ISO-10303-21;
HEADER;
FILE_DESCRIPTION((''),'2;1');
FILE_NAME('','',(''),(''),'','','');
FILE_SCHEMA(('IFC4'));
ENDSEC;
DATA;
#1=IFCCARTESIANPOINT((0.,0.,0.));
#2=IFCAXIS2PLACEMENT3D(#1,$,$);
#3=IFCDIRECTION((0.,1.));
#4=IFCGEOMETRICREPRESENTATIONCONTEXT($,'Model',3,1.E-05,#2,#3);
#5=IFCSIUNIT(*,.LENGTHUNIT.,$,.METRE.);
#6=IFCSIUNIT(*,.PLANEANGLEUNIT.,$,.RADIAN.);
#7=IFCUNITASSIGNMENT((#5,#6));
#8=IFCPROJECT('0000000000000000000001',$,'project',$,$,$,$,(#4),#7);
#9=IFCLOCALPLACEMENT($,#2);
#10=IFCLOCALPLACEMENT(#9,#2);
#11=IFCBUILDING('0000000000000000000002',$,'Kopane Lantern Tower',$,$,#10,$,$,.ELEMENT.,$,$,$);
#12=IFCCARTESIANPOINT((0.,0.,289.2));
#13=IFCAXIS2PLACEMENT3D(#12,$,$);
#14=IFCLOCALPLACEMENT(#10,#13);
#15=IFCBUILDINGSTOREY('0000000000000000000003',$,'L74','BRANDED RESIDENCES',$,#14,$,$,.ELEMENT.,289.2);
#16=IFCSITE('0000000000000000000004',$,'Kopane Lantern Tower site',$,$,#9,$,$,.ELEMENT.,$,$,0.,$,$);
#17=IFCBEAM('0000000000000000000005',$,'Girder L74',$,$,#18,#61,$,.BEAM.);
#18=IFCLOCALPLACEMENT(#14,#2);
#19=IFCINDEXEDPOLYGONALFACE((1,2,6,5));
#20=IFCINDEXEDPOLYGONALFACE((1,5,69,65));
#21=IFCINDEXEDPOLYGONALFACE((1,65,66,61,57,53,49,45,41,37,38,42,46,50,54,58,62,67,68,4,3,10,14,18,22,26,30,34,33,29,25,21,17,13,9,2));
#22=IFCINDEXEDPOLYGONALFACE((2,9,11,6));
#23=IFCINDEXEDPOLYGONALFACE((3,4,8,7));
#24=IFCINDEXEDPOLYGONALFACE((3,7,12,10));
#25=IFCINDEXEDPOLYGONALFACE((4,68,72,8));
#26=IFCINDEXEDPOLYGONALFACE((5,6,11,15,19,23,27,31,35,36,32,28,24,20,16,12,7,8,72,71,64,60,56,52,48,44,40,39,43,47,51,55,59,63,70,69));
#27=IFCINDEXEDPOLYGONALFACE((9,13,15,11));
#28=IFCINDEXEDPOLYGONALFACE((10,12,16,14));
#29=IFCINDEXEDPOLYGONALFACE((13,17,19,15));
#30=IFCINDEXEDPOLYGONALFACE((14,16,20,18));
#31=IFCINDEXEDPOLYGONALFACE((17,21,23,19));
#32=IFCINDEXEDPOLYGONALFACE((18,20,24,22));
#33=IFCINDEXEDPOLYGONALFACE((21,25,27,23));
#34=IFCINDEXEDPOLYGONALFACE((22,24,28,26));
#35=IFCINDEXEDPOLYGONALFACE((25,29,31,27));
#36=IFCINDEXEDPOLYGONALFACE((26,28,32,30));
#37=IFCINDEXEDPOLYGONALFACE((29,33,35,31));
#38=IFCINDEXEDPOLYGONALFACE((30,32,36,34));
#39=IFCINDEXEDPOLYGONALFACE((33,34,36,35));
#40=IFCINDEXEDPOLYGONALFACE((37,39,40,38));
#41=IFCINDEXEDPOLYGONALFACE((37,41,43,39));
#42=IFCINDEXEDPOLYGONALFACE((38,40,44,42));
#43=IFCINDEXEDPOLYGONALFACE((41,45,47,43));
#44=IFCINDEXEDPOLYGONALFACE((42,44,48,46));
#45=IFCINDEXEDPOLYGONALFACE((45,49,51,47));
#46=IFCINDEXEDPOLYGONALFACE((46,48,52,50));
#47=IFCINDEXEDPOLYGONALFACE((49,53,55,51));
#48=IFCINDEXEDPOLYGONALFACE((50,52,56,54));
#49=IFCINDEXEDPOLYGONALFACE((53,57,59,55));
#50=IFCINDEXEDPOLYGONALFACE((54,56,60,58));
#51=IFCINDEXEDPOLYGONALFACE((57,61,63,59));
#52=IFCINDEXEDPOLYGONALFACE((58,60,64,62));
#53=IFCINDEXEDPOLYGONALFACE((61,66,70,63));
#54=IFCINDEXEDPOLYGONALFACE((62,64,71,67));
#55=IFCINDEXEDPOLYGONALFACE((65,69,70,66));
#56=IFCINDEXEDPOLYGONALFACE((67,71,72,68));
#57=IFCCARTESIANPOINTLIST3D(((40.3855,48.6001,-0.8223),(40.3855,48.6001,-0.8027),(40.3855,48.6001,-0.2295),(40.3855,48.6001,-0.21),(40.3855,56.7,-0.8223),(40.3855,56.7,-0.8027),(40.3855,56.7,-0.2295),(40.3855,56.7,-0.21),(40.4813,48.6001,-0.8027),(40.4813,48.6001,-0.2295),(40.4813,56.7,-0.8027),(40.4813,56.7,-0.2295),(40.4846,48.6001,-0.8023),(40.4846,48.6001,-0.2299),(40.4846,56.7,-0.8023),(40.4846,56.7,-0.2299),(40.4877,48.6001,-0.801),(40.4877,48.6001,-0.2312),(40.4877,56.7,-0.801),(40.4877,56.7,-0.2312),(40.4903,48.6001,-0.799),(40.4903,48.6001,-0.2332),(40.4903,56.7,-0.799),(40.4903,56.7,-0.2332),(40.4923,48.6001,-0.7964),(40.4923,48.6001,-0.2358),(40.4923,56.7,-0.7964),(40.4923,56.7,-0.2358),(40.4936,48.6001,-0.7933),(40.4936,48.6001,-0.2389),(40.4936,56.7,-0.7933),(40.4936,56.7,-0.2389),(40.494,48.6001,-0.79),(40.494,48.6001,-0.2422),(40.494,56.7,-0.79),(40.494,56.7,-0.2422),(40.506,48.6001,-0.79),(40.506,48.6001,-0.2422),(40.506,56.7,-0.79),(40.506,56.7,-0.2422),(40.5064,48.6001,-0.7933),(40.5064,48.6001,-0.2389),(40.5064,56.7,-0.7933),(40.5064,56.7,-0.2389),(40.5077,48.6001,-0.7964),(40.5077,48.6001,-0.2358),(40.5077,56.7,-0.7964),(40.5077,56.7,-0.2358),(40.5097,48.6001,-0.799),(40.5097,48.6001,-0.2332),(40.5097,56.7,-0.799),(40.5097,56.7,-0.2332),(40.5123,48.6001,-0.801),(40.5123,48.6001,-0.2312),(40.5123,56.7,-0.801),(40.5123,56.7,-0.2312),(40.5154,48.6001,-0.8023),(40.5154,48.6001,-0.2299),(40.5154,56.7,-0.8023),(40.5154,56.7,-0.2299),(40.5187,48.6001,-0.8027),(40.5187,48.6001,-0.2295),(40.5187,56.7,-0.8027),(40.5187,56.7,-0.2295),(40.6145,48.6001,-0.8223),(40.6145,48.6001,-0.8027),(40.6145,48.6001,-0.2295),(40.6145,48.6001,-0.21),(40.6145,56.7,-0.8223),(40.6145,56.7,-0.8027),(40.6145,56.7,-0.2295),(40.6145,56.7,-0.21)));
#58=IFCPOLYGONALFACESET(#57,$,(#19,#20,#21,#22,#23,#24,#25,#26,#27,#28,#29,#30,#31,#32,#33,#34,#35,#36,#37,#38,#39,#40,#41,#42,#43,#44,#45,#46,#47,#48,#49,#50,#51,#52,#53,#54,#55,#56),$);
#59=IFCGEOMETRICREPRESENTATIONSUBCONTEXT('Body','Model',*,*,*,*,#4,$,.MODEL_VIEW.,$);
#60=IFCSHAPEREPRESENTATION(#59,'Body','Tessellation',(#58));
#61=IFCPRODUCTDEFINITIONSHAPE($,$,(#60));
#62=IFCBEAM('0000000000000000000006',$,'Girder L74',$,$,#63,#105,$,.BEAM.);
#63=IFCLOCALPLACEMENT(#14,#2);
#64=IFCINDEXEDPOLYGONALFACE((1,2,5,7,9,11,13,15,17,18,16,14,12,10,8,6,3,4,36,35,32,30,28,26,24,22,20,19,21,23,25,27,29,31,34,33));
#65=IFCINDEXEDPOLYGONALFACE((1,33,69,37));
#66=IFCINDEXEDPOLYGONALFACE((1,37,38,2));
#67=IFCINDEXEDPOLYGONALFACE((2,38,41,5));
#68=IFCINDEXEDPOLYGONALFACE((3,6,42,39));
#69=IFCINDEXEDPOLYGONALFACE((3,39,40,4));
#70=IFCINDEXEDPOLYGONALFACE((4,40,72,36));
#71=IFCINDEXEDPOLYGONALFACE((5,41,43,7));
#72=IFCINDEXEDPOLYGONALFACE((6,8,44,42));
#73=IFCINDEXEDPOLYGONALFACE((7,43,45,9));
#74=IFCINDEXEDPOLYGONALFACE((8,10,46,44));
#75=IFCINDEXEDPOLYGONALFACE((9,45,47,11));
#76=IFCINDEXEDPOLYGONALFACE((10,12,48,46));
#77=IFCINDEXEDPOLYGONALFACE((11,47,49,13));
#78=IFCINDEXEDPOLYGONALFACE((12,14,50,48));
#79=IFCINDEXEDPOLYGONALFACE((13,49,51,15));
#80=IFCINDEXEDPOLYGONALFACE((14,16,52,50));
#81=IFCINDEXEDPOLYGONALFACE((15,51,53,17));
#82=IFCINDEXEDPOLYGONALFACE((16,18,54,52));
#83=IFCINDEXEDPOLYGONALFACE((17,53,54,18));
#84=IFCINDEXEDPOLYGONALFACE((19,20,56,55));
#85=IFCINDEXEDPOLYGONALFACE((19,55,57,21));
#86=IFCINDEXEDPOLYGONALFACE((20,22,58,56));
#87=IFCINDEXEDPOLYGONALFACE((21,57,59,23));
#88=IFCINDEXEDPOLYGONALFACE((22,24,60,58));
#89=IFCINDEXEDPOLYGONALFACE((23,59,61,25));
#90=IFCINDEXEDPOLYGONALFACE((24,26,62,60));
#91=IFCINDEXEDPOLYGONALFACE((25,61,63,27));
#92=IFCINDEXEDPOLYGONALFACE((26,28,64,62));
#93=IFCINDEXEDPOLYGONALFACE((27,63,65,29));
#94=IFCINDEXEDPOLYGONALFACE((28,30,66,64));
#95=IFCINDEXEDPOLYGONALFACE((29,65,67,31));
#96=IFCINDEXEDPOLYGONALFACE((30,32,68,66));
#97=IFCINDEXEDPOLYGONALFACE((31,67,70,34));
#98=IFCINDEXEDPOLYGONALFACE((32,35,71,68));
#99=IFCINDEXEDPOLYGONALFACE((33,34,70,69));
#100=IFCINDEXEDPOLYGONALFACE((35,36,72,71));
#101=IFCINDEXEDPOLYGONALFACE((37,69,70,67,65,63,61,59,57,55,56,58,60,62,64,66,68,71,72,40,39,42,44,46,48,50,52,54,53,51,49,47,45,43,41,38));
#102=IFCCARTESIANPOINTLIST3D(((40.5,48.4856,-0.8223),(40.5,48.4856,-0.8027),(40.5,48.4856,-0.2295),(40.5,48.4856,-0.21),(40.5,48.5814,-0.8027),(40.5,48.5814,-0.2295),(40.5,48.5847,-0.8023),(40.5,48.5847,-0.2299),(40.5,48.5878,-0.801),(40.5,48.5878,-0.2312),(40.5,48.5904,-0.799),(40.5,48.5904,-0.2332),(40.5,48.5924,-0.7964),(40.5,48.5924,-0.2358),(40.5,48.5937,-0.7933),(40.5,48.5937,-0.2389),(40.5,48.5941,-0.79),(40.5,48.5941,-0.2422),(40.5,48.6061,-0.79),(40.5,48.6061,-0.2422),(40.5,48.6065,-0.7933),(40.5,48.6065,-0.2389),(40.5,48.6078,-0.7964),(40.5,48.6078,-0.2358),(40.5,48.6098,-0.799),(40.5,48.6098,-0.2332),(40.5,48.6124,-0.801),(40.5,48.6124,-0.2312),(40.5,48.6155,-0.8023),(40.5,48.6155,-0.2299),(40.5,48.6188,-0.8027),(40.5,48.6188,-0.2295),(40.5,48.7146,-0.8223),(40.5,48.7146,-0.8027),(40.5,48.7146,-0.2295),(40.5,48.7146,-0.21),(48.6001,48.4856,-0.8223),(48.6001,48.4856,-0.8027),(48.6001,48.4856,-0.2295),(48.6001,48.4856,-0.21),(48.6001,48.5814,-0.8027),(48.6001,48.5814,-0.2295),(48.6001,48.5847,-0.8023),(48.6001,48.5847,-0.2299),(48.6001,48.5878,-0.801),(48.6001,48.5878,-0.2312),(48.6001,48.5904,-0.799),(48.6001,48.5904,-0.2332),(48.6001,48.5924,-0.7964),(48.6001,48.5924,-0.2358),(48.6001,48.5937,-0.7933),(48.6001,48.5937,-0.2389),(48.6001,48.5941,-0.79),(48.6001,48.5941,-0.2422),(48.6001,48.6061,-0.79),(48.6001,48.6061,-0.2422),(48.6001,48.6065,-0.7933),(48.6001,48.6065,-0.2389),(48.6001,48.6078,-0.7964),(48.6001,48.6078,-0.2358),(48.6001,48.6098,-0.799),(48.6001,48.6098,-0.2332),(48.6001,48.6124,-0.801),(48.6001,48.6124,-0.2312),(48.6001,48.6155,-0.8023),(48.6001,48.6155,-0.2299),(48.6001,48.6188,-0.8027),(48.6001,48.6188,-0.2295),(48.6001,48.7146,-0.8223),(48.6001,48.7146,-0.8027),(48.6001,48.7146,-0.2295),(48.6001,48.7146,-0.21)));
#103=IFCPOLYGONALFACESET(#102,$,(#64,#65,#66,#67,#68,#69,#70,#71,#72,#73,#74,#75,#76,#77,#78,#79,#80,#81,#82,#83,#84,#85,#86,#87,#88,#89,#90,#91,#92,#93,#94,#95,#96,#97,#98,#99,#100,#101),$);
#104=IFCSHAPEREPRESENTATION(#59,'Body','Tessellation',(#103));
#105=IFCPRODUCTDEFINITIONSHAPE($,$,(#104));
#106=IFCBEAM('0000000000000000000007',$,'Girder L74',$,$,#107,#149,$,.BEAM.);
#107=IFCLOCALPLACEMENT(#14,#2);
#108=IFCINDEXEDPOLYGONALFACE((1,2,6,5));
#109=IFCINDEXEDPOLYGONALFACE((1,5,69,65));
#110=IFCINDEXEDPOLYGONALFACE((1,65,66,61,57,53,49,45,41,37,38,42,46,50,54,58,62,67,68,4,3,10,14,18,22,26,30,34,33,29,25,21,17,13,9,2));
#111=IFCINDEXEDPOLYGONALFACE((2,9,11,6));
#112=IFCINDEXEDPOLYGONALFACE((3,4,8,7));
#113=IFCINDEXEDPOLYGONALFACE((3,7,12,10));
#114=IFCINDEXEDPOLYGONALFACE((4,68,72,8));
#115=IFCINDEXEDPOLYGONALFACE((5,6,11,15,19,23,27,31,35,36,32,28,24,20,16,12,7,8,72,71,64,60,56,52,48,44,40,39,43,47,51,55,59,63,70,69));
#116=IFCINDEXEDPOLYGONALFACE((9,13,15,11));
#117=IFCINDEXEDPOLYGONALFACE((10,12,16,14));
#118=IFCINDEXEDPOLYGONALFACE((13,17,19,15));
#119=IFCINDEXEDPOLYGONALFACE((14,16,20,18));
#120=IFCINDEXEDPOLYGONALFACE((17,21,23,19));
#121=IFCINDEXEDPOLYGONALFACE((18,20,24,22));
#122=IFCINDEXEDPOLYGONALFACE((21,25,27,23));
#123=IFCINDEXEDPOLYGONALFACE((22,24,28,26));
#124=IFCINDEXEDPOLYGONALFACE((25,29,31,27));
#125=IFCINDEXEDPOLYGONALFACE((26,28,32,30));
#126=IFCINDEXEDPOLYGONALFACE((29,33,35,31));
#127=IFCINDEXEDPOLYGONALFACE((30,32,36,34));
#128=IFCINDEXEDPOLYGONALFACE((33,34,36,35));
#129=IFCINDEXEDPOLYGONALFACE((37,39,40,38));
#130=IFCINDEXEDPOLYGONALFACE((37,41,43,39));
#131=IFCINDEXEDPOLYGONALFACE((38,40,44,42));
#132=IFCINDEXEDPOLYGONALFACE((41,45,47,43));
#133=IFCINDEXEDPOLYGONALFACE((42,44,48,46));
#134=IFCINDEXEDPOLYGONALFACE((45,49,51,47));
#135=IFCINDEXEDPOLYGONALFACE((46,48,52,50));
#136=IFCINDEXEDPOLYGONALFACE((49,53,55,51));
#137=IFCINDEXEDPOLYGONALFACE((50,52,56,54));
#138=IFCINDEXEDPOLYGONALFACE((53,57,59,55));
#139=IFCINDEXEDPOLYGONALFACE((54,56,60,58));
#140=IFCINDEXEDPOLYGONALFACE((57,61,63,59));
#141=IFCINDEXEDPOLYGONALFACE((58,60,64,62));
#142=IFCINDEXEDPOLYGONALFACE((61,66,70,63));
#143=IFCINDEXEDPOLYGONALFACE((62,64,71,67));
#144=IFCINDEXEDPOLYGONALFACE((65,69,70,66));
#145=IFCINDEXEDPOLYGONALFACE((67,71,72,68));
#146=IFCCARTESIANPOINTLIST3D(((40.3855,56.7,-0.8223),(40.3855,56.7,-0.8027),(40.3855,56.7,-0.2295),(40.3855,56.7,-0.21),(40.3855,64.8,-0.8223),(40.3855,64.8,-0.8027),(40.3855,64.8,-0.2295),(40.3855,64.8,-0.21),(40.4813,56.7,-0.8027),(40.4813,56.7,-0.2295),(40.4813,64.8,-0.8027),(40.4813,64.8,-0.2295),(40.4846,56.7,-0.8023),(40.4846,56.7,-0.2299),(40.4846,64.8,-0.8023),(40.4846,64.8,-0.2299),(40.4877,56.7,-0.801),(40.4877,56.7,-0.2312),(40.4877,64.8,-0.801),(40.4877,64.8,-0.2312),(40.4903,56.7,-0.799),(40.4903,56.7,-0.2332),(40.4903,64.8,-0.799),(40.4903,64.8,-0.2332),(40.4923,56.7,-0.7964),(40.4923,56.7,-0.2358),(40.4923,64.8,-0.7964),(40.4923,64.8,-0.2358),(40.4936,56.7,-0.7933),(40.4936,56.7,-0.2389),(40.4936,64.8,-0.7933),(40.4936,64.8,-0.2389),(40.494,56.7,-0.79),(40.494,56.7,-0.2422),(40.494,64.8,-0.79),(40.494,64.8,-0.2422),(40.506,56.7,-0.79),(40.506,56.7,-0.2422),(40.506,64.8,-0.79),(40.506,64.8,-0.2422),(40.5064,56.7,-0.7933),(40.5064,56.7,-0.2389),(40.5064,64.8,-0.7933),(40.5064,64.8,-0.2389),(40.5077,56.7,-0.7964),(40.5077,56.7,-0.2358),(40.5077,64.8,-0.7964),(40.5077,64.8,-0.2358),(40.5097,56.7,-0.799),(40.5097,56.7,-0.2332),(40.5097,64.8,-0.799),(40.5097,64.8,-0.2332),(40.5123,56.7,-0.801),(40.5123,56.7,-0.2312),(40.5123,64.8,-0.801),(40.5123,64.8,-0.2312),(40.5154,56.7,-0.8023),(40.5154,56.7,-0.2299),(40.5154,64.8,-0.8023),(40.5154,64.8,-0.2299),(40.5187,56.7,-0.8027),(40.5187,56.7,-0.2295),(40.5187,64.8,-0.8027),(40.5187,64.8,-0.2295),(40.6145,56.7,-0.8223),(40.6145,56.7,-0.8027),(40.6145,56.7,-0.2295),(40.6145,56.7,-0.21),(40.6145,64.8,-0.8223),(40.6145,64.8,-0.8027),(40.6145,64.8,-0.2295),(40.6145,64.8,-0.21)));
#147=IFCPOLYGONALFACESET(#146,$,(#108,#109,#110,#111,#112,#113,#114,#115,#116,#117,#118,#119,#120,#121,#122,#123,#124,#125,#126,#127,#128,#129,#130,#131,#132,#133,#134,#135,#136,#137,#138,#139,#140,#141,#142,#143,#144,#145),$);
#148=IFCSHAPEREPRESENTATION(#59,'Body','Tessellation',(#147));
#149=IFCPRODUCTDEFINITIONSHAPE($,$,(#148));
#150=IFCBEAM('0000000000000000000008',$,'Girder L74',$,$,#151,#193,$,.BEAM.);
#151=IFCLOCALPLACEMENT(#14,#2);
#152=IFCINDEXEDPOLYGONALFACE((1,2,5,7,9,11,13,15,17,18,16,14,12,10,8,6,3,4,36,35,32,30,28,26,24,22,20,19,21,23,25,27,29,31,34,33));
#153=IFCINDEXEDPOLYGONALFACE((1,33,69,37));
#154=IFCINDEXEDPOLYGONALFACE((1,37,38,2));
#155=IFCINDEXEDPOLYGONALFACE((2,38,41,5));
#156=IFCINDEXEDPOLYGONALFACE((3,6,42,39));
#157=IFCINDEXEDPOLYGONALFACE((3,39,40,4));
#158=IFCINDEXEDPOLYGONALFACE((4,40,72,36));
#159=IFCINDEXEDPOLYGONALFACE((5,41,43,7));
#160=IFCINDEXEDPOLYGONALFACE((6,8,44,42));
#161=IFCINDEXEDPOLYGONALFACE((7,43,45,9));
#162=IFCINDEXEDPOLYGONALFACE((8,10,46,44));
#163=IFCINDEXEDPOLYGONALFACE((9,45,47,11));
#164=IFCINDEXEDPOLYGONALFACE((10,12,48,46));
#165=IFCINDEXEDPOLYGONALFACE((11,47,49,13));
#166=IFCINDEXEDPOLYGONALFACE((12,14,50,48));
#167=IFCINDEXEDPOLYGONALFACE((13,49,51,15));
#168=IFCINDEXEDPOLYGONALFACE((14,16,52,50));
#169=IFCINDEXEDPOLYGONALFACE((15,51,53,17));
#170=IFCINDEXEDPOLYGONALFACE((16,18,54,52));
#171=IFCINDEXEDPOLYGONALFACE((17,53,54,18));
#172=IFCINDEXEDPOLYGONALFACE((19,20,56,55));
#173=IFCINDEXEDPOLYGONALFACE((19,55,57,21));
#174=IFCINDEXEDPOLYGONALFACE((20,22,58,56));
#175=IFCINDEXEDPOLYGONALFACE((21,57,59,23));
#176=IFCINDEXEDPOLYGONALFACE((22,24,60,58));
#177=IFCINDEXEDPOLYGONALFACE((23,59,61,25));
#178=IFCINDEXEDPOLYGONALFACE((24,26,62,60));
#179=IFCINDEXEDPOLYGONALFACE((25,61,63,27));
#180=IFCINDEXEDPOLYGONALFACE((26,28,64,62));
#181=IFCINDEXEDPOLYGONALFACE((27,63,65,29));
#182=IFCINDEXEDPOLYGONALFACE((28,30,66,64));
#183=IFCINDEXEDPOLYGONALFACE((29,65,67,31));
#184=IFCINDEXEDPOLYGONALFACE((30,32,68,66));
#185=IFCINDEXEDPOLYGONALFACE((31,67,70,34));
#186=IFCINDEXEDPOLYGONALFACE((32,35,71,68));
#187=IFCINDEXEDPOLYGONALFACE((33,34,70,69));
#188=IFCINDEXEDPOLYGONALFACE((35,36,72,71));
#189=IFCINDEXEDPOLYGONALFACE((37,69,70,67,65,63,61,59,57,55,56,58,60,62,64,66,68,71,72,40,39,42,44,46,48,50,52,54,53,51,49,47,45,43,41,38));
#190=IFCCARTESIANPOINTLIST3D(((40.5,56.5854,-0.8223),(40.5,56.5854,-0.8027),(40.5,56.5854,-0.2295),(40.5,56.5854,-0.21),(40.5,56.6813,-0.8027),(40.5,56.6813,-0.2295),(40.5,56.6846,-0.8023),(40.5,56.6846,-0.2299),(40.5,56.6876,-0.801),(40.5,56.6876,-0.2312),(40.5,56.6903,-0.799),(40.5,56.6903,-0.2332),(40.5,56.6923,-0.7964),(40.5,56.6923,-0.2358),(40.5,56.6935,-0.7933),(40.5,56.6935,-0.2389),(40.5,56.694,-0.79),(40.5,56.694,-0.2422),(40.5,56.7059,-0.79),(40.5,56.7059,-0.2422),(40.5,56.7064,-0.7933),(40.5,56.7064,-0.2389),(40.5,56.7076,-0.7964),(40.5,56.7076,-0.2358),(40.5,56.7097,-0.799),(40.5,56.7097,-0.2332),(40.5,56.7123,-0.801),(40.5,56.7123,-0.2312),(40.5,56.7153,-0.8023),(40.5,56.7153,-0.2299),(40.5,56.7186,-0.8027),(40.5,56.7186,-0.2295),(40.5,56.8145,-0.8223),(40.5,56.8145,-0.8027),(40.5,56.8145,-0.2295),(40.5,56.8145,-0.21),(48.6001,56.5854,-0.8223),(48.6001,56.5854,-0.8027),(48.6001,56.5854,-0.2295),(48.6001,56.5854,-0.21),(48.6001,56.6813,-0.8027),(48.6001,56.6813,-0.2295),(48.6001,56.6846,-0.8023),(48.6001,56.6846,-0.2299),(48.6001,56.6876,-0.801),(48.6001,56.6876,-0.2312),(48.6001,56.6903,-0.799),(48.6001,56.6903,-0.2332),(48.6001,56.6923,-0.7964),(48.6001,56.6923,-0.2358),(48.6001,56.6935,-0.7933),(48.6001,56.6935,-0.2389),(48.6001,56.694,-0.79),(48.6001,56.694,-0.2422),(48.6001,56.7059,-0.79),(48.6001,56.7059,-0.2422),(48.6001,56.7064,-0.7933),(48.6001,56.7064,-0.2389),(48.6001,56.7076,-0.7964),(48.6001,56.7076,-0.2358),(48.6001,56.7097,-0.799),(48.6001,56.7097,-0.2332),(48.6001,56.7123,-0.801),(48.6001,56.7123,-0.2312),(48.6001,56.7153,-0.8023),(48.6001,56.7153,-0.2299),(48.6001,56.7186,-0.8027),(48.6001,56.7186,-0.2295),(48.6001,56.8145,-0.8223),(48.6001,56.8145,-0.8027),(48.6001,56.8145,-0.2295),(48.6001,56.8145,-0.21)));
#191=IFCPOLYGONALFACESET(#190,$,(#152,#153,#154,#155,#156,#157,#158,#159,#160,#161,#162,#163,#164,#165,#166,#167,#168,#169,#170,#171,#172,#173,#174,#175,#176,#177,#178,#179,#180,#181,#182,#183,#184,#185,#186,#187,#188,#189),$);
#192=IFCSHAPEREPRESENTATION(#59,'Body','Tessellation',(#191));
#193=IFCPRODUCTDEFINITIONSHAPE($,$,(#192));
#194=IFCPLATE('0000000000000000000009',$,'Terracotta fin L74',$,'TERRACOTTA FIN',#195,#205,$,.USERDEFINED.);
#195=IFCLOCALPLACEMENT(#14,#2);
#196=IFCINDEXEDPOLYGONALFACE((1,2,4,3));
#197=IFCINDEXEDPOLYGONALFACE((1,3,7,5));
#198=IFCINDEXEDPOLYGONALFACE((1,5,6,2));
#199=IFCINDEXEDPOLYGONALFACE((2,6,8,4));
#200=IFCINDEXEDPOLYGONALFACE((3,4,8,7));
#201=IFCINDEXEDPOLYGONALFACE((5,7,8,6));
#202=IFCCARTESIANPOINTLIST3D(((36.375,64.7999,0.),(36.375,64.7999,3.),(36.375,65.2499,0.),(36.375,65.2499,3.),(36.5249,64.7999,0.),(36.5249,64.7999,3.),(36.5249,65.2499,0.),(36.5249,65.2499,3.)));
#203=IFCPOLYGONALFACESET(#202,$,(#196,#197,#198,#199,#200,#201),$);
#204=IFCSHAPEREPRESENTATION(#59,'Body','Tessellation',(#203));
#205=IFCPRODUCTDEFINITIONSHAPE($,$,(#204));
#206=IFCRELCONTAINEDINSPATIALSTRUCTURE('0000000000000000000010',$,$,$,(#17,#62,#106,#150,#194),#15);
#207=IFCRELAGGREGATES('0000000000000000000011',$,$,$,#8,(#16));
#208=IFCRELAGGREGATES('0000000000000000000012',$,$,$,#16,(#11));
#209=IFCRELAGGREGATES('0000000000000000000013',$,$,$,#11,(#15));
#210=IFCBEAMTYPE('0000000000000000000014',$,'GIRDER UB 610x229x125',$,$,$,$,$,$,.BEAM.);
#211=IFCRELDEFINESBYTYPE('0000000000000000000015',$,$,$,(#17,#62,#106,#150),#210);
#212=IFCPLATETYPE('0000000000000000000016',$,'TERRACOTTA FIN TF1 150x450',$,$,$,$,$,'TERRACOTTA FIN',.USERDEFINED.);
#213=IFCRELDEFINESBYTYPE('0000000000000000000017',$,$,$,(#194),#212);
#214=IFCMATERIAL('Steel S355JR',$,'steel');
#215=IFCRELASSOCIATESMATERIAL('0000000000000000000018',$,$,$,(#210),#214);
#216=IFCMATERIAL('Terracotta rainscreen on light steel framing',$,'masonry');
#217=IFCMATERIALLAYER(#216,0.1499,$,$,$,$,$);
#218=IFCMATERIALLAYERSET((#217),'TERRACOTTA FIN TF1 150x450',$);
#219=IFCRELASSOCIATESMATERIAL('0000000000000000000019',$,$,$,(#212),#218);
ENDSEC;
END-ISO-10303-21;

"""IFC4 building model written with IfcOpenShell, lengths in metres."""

from ifc_helpers import new_model, si_unit, direction, frame, origin, origin_2d, place, context, subcontext, project, spatial, rectangle, i_section, extrude, material, layer, layer_set, material_profile, profile_set, type_object, element, save


model = new_model("IFC4")

# Units and contexts
model_context = context("Model", 3, precision=1e-05, world=origin(), true_north=direction((0.0, 1.0)))
body_context = subcontext(model_context, "Body", "Model", "MODEL_VIEW")
ifc_project = project(units=[si_unit("LENGTHUNIT", "METRE"), si_unit("PLANEANGLEUNIT", "RADIAN")], contexts=[model_context])

# Site, building, storey
site_placement = place(None, origin())
site = spatial("IfcSite", under=ifc_project, at=site_placement, Name="Kopane Lantern Tower site", CompositionType="ELEMENT", RefElevation=0.0)
building_placement = place(site_placement, origin())
building = spatial("IfcBuilding", under=site, at=building_placement, Name="Kopane Lantern Tower", CompositionType="ELEMENT")
storey_placement = place(building_placement, frame((0.0, 0.0, 289.2)))
storey = spatial("IfcBuildingStorey", under=building, at=storey_placement, Name="L74", Description="BRANDED RESIDENCES", CompositionType="ELEMENT", Elevation=289.2)

# Beams
ifc_material_1 = material(Name="Steel S355JR", Category="steel")
ifc_material_profile_1 = material_profile(ifc_material_1, i_section(OverallWidth=0.229, OverallDepth=0.6123, WebThickness=0.012, FlangeThickness=0.0195, FilletRadius=0.0127, at=origin_2d()), Name="UB 610x229x125")
ifc_profile_set_1 = profile_set([ifc_material_profile_1], Name="Steel S355JR")
beam_type = type_object("IfcBeamType", Name="GIRDER UB 610x229x125", PredefinedType="BEAM", material=ifc_profile_set_1)
beam_placement = place(storey_placement, frame((40.5, 48.6001, -0.5161), z_axis=(0.0, 1.0, 0.0), x_axis=(-1.0, 0.0, 0.0)))
element("IfcBeam", 1, at=beam_placement, inside=storey, type_object=beam_type, Name="Girder L74", PredefinedType="BEAM", context=body_context, shape_type="SweptSolid", body=[
    extrude(i_section(OverallWidth=0.229, OverallDepth=0.6123, WebThickness=0.012, FlangeThickness=0.0195, FilletRadius=0.0127, at=origin_2d()), origin(), (0.0, 0.0, 1.0), 8.0999),
])
for number, where, z_axis, x_axis, name in (
    (2, (40.5, 48.6001, -0.5161), (1.0, 0.0, 0.0), (0.0, 1.0, 0.0), "Girder L74"),
    (3, (40.5, 56.7, -0.5161), (0.0, 1.0, 0.0), (-1.0, 0.0, 0.0), "Girder L74"),
    (4, (40.5, 56.7, -0.5161), (1.0, 0.0, 0.0), (0.0, 1.0, 0.0), "Girder L74"),
):
    element("IfcBeam", number, at=place(storey_placement, frame(where, z_axis=z_axis, x_axis=x_axis)), inside=storey, type_object=beam_type, Name=name, PredefinedType="BEAM", context=body_context, shape_type="SweptSolid", body=[
        extrude(i_section(OverallWidth=0.229, OverallDepth=0.6123, WebThickness=0.012, FlangeThickness=0.0195, FilletRadius=0.0127, at=origin_2d()), origin(), (0.0, 0.0, 1.0), 8.1001),
    ])

# Plate
ifc_material_2 = material(Name="Terracotta rainscreen on light steel framing", Category="masonry")
ifc_layer_1 = layer(ifc_material_2, 0.1499)
ifc_layer_set_1 = layer_set([ifc_layer_1], Name="TERRACOTTA FIN TF1 150x450")
plate_type = type_object("IfcPlateType", Name="TERRACOTTA FIN TF1 150x450", ElementType="TERRACOTTA FIN", PredefinedType="USERDEFINED", material=ifc_layer_set_1)
for number, where, z_axis, x_axis, name in (
    (5, (36.45, 65.0249, 0.0), (0.0, 0.0, 1.0), (-1.0, 0.0, 0.0), "Terracotta fin L74"),
):
    element("IfcPlate", number, at=place(storey_placement, frame(where, z_axis=z_axis, x_axis=x_axis)), inside=storey, type_object=plate_type, Name=name, ObjectType="TERRACOTTA FIN", PredefinedType="USERDEFINED", context=body_context, shape_type="SweptSolid", body=[
        extrude(rectangle(XDim=0.1499, YDim=0.45, at=origin_2d()), origin(), (0.0, 0.0, 1.0), 3.0),
    ])

save(model, "model.ifc")
